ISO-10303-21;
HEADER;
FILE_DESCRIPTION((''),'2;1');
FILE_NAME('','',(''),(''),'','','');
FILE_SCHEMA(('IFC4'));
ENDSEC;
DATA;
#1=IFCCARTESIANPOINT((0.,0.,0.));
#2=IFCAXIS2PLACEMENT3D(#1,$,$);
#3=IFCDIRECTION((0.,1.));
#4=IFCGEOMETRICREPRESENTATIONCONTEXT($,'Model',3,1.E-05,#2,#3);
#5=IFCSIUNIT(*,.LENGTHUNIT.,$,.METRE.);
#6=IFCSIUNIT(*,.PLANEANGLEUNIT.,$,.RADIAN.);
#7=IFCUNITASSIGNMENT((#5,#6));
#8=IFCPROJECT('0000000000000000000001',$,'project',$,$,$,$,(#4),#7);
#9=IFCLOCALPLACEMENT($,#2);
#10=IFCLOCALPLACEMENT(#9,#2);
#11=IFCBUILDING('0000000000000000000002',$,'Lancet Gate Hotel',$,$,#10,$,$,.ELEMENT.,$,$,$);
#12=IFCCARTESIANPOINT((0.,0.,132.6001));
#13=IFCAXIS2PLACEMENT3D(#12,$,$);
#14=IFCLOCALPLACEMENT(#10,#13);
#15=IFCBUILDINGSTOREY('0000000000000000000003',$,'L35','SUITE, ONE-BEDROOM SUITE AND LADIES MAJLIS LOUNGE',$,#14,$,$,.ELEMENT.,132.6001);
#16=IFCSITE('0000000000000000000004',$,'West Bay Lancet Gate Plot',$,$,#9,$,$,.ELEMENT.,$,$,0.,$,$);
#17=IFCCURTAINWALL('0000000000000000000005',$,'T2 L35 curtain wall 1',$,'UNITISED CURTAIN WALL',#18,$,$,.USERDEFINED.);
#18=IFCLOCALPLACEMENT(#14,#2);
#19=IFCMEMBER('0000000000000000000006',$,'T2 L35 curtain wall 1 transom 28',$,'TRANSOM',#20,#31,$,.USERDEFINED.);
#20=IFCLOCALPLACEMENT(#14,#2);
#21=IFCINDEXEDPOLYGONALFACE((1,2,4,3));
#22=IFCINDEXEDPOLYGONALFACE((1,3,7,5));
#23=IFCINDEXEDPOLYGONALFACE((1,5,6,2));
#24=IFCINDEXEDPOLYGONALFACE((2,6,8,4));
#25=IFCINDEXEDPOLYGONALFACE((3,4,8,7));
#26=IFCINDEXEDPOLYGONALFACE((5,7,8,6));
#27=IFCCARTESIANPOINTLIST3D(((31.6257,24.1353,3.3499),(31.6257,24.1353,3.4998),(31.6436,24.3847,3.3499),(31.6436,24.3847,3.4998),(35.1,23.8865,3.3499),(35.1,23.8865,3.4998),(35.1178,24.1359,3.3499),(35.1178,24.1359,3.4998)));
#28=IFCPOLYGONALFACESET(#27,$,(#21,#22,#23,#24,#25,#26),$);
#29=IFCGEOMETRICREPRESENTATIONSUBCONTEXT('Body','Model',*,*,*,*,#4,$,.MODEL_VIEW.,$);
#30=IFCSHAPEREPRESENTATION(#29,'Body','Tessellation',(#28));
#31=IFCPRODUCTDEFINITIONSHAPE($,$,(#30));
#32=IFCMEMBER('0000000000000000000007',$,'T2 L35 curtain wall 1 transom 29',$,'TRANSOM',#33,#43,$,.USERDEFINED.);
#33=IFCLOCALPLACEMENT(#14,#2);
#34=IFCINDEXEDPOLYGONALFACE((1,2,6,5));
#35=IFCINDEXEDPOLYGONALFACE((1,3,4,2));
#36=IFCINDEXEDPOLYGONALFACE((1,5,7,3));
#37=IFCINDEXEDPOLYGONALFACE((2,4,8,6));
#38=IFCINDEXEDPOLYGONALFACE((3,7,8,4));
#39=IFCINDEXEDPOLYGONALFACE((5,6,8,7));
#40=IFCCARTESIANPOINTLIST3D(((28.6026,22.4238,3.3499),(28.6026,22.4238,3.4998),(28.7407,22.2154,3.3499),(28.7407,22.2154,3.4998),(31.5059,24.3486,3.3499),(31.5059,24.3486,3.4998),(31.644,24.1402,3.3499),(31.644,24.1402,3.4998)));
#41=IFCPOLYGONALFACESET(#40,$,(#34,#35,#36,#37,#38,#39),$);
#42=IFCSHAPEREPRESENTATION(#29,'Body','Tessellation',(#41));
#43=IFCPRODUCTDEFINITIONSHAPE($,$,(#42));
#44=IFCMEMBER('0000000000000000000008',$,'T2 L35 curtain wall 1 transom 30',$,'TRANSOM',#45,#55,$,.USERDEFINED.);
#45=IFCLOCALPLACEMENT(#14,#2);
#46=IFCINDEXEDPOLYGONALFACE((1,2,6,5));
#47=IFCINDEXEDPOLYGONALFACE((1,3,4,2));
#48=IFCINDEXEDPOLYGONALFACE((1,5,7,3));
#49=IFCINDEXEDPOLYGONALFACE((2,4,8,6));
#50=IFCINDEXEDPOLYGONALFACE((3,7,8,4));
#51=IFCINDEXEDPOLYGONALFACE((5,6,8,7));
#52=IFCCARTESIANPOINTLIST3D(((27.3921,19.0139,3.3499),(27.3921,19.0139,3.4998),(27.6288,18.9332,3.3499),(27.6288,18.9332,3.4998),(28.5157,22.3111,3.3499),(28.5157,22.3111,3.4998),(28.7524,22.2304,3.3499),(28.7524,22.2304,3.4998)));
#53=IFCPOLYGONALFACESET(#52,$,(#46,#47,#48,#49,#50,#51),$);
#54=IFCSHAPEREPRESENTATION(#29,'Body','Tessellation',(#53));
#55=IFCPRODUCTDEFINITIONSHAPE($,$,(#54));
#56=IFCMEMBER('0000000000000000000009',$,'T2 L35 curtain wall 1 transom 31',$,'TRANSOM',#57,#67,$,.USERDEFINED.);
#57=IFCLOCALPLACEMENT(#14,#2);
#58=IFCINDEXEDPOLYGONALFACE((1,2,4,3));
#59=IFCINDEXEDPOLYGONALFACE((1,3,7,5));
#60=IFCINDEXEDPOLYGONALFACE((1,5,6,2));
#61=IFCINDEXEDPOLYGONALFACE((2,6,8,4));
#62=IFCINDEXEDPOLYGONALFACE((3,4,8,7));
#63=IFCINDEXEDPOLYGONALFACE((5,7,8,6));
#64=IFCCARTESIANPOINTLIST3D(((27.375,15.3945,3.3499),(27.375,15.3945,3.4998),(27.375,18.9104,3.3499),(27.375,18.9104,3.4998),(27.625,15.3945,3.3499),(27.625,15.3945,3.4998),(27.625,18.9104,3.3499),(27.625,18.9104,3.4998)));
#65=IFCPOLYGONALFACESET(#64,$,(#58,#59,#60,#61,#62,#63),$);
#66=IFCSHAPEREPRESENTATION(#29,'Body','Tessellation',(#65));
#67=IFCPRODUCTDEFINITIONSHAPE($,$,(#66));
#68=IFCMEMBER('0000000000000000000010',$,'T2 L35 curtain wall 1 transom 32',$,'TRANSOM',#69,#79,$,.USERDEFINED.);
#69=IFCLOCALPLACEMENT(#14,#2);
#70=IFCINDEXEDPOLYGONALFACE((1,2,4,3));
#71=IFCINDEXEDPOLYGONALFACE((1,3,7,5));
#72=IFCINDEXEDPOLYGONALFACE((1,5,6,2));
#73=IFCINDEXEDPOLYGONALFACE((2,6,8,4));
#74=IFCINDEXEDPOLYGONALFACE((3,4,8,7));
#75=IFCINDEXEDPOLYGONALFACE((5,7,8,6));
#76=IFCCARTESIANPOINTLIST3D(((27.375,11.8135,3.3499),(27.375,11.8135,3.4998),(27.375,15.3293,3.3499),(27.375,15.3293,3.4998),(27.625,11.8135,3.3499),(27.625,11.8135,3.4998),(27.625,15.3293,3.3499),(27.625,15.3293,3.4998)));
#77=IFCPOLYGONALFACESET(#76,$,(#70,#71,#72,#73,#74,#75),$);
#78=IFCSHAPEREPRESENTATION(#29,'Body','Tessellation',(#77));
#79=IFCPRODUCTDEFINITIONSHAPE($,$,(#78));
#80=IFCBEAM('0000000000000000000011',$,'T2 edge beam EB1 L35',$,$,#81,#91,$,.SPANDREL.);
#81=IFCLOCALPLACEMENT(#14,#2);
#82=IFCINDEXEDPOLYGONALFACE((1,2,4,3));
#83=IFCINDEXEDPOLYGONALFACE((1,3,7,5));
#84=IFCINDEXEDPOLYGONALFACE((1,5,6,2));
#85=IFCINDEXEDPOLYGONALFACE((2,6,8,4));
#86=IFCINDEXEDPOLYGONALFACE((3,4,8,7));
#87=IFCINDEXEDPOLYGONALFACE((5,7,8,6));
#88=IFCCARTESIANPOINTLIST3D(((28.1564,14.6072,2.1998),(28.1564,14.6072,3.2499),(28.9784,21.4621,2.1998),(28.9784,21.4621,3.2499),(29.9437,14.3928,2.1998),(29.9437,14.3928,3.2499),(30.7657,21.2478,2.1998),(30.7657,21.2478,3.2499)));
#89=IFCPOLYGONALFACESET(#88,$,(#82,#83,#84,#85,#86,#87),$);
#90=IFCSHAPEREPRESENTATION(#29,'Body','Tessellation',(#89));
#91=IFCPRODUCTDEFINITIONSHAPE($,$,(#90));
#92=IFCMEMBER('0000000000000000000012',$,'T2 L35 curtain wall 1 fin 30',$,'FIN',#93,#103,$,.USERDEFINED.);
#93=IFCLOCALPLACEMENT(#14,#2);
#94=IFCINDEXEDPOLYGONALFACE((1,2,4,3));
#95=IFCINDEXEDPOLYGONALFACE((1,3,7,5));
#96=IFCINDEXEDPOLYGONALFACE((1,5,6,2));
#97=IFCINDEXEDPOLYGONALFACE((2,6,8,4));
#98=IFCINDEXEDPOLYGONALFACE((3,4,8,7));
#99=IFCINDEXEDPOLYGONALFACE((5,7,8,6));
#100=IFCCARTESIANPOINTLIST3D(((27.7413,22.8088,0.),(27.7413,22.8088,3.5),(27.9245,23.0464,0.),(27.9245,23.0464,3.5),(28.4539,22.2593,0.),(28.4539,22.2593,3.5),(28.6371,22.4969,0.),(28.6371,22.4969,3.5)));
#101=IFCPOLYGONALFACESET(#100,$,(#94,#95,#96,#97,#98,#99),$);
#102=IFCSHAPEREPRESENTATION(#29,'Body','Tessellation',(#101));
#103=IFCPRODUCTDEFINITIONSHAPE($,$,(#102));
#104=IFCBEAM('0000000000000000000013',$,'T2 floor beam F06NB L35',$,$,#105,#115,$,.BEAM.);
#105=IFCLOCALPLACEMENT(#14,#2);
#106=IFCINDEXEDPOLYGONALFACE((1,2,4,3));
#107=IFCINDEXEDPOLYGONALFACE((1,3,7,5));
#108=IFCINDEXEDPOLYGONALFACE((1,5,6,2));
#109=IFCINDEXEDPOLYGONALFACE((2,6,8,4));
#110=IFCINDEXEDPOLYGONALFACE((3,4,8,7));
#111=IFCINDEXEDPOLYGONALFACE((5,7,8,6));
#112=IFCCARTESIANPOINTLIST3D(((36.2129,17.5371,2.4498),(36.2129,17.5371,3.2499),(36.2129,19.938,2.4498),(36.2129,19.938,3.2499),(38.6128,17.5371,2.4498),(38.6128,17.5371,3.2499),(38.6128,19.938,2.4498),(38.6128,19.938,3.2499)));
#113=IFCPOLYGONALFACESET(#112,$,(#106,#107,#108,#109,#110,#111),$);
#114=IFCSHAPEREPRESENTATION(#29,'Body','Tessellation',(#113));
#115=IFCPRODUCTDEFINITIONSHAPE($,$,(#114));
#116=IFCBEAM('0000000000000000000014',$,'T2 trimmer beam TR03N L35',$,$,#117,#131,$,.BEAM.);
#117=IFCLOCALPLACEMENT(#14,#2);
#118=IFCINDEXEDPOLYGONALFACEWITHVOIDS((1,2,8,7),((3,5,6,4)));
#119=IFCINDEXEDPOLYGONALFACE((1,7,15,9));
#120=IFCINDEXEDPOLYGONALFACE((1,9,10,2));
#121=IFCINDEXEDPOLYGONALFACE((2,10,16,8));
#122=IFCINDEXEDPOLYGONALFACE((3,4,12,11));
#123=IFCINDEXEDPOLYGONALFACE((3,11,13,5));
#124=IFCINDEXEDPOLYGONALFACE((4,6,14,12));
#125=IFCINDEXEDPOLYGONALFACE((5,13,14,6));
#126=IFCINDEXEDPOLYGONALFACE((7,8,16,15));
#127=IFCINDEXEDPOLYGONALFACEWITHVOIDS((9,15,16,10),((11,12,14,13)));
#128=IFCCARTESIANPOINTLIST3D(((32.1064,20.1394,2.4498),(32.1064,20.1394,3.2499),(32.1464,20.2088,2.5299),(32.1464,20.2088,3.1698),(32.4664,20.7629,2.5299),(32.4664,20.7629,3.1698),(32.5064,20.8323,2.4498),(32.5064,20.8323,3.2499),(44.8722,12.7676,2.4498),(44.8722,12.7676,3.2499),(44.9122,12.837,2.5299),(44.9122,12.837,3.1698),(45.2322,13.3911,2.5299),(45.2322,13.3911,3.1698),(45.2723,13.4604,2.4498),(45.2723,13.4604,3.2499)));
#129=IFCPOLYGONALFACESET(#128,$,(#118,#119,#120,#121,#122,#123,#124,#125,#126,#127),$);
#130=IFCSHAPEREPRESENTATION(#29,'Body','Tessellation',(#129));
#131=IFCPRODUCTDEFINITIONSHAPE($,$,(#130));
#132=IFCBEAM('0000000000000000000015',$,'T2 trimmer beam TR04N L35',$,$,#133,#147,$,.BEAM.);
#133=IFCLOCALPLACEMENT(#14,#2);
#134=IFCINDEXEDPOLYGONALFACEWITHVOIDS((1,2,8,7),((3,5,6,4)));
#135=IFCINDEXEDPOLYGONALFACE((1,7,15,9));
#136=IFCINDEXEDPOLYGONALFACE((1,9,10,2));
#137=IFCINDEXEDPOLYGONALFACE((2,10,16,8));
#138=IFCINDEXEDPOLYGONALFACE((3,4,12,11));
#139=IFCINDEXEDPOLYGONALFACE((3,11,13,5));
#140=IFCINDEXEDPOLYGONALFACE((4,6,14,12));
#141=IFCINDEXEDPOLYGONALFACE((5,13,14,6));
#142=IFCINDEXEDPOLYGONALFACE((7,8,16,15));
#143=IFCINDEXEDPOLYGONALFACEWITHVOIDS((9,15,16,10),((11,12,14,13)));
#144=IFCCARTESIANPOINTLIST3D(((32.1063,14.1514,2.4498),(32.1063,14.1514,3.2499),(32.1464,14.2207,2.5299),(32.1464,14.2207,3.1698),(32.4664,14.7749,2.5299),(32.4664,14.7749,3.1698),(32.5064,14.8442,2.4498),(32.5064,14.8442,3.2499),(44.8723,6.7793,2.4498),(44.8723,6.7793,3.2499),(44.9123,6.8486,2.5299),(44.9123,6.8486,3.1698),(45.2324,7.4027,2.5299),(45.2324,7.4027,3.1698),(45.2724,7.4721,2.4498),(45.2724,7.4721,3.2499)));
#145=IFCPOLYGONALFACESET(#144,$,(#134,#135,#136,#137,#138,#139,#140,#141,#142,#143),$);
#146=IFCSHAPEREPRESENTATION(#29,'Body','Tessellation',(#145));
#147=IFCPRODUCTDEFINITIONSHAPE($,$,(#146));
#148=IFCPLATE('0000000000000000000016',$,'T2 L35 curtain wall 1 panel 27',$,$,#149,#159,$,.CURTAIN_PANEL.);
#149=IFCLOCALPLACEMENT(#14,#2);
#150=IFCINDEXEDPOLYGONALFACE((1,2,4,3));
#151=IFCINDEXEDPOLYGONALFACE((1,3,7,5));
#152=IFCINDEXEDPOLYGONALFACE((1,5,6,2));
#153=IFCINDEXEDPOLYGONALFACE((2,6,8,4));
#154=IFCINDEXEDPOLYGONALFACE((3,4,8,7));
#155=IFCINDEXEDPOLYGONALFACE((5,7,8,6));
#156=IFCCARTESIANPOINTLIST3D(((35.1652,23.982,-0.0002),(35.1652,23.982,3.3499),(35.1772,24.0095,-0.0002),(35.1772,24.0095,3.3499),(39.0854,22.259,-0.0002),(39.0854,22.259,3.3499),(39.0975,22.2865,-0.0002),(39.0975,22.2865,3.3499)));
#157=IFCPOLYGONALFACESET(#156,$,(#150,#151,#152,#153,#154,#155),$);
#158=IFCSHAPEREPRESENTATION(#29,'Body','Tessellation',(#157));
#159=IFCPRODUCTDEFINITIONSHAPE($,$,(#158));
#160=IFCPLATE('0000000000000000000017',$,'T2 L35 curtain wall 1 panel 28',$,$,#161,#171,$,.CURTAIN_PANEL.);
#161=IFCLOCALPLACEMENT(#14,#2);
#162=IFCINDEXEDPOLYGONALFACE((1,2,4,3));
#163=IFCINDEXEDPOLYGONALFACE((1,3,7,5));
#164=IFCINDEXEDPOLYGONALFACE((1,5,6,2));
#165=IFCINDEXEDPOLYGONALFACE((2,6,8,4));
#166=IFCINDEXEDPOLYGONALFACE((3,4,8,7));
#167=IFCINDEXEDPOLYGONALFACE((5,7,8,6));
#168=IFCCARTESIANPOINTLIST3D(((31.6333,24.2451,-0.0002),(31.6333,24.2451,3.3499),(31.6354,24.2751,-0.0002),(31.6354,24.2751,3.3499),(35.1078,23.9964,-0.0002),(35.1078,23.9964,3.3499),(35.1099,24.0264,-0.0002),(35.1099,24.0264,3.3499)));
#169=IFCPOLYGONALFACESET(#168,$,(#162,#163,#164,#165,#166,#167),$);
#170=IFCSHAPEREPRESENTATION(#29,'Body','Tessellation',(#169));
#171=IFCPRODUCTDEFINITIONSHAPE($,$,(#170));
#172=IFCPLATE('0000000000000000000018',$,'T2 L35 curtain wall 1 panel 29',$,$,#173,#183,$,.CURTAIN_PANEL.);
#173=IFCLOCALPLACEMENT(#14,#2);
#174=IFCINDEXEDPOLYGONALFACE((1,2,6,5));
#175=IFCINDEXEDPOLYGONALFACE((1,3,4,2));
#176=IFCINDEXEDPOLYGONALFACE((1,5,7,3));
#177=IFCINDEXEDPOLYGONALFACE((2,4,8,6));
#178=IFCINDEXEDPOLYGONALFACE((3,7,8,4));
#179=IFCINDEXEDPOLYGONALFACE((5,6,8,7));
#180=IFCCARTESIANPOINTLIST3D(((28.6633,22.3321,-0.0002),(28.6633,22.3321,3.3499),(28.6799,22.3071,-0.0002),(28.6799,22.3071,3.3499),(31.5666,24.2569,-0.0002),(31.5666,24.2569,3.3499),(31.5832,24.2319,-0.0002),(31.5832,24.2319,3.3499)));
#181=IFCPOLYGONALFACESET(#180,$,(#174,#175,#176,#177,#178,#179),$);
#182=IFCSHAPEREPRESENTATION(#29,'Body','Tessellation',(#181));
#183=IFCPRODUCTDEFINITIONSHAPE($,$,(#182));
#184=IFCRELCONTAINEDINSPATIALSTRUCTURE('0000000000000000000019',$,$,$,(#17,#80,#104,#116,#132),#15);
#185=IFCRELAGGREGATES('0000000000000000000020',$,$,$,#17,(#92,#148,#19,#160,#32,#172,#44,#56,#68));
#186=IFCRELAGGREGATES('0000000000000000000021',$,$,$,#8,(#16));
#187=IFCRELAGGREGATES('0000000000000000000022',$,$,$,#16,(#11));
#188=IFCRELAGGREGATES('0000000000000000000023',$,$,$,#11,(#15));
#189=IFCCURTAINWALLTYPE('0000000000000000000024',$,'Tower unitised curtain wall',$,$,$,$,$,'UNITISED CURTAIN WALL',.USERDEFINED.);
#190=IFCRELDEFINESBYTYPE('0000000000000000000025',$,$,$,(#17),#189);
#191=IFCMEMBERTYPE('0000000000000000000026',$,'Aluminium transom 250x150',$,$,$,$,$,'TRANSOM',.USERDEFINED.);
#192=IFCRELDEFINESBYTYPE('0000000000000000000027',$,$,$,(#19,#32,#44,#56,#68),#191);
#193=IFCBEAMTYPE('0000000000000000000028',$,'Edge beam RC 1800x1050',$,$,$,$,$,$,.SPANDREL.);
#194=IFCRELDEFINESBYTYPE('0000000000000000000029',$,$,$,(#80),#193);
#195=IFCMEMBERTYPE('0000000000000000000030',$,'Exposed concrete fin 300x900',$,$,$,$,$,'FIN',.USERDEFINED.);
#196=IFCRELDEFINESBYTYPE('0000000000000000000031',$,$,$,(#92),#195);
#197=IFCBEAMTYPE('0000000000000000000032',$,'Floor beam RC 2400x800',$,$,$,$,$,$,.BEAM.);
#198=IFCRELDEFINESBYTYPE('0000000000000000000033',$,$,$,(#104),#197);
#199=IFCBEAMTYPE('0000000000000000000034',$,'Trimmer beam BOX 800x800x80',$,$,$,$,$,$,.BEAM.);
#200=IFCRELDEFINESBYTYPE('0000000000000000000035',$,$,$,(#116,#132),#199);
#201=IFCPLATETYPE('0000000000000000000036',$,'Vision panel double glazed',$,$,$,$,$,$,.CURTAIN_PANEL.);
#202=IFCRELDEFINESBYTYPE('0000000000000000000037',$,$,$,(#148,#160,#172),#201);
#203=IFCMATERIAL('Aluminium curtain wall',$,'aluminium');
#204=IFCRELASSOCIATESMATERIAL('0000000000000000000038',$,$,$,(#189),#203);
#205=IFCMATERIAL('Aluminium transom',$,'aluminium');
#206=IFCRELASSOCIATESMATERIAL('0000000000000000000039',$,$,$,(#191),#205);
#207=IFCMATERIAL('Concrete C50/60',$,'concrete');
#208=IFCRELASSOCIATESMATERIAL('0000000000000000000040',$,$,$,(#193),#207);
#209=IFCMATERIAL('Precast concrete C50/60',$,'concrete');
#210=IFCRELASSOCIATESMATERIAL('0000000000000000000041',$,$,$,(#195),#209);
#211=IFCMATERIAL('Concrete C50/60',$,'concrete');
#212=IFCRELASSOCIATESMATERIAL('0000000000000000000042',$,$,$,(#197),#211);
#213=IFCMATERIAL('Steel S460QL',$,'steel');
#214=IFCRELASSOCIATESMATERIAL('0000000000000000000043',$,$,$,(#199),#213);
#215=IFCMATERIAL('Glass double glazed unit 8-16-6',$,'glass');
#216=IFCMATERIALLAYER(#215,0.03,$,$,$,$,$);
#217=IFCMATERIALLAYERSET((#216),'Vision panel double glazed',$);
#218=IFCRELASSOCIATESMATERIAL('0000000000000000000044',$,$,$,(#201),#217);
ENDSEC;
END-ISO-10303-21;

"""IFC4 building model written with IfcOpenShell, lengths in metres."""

from ifc_helpers import new_model, si_unit, direction, frame, origin, origin_2d, place, context, subcontext, project, spatial, rectangle, hollow_rectangle, extrude, material, layer, layer_set, material_profile, profile_set, type_object, element, aggregate, save


model = new_model("IFC4")

# Units and contexts
model_context = context("Model", 3, precision=1e-05, world=origin(), true_north=direction((0.0, 1.0)))
body_context = subcontext(model_context, "Body", "Model", "MODEL_VIEW")
ifc_project = project(units=[si_unit("LENGTHUNIT", "METRE"), si_unit("PLANEANGLEUNIT", "RADIAN")], contexts=[model_context])

# Site, building, storey
site_placement = place(None, origin())
site = spatial("IfcSite", under=ifc_project, at=site_placement, Name="West Bay Lancet Gate Plot", CompositionType="ELEMENT", RefElevation=0.0)
building_placement = place(site_placement, origin())
building = spatial("IfcBuilding", under=site, at=building_placement, Name="Lancet Gate Hotel", CompositionType="ELEMENT")
storey_placement = place(building_placement, frame((0.0, 0.0, 132.6001)))
storey = spatial("IfcBuildingStorey", under=building, at=storey_placement, Name="L35", Description="SUITE, ONE-BEDROOM SUITE AND LADIES MAJLIS LOUNGE", CompositionType="ELEMENT", Elevation=132.6001)

# Curtain wall, members
ifc_material_1 = material(Name="Aluminium curtain wall", Category="aluminium")
curtain_wall_type = type_object("IfcCurtainWallType", Name="Tower unitised curtain wall", ElementType="UNITISED CURTAIN WALL", PredefinedType="USERDEFINED", material=ifc_material_1)
curtain_wall_placement = place(storey_placement, origin())
curtain_wall = element("IfcCurtainWall", 1, at=curtain_wall_placement, inside=storey, type_object=curtain_wall_type, Name="T2 L35 curtain wall 1", ObjectType="UNITISED CURTAIN WALL", PredefinedType="USERDEFINED")
ifc_material_2 = material(Name="Aluminium transom", Category="aluminium")
ifc_material_profile_1 = material_profile(ifc_material_2, rectangle(XDim=0.25, YDim=0.1499, at=origin_2d()), Name="TRANSOM 250x150")
ifc_profile_set_1 = profile_set([ifc_material_profile_1], Name="Aluminium transom")
member_type_1 = type_object("IfcMemberType", Name="Aluminium transom 250x150", ElementType="TRANSOM", PredefinedType="USERDEFINED", material=ifc_profile_set_1)
member_1_placement = place(storey_placement, frame((35.1089, 24.0112, 3.4248), z_axis=(-0.997446, 0.071421, 0.0), x_axis=(-0.071421, -0.997446, 0.0)))
member_1 = element("IfcMember", 2, at=member_1_placement, type_object=member_type_1, Name="T2 L35 curtain wall 1 transom 28", ObjectType="TRANSOM", PredefinedType="USERDEFINED", context=body_context, shape_type="SweptSolid", body=[
    extrude(rectangle(XDim=0.25, YDim=0.1499, at=origin_2d()), origin(), (0.0, 0.0, 1.0), 3.4832),
])
member_2_placement = place(storey_placement, frame((31.575, 24.2444, 3.4248), z_axis=(-0.833471, -0.552563, 0.0), x_axis=(0.552563, -0.833471, 0.0)))
member_2 = element("IfcMember", 3, at=member_2_placement, type_object=member_type_1, Name="T2 L35 curtain wall 1 transom 29", ObjectType="TRANSOM", PredefinedType="USERDEFINED", context=body_context, shape_type="SweptSolid", body=[
    extrude(rectangle(XDim=0.25, YDim=0.1499, at=origin_2d()), origin(), (0.0, 0.0, 1.0), 3.4834),
])
member_3_placement = place(storey_placement, frame((28.634, 22.2708, 3.4248), z_axis=(-0.32255, -0.946553, 0.0), x_axis=(0.946553, -0.32255, 0.0)))
member_3 = element("IfcMember", 4, at=member_3_placement, type_object=member_type_1, Name="T2 L35 curtain wall 1 transom 30", ObjectType="TRANSOM", PredefinedType="USERDEFINED", context=body_context, shape_type="SweptSolid", body=[
    extrude(rectangle(XDim=0.25, YDim=0.1499, at=origin_2d()), origin(), (0.0, 0.0, 1.0), 3.4834),
])
member_4_placement = place(storey_placement, frame((27.5, 18.9104, 3.4248), z_axis=(0.0, -1.0, 0.0), x_axis=(1.0, 0.0, 0.0)))
member_4 = element("IfcMember", 5, at=member_4_placement, type_object=member_type_1, Name="T2 L35 curtain wall 1 transom 31", ObjectType="TRANSOM", PredefinedType="USERDEFINED", context=body_context, shape_type="SweptSolid", body=[
    extrude(rectangle(XDim=0.25, YDim=0.1499, at=origin_2d()), origin(), (0.0, 0.0, 1.0), 3.5159),
])
member_5_placement = place(storey_placement, frame((27.5, 15.3293, 3.4248), z_axis=(0.0, -1.0, 0.0), x_axis=(1.0, 0.0, 0.0)))
member_5 = element("IfcMember", 6, at=member_5_placement, type_object=member_type_1, Name="T2 L35 curtain wall 1 transom 32", ObjectType="TRANSOM", PredefinedType="USERDEFINED", context=body_context, shape_type="SweptSolid", body=[
    extrude(rectangle(XDim=0.25, YDim=0.1499, at=origin_2d()), origin(), (0.0, 0.0, 1.0), 3.5159),
])

# Beam
ifc_material_3 = material(Name="Concrete C50/60", Category="concrete")
ifc_material_profile_2 = material_profile(ifc_material_3, rectangle(XDim=1.8, YDim=1.05, at=origin_2d()), Name="RC 1800x1050")
ifc_profile_set_2 = profile_set([ifc_material_profile_2], Name="Concrete C50/60")
beam_type_1 = type_object("IfcBeamType", Name="Edge beam RC 1800x1050", PredefinedType="SPANDREL", material=ifc_profile_set_2)
beam_1_placement = place(storey_placement, frame((29.05, 14.5, 2.7249), z_axis=(0.119063, 0.992887, 0.0), x_axis=(-0.992887, 0.119063, 0.0)))
element("IfcBeam", 7, at=beam_1_placement, inside=storey, type_object=beam_type_1, Name="T2 edge beam EB1 L35", PredefinedType="SPANDREL", context=body_context, shape_type="SweptSolid", body=[
    extrude(rectangle(XDim=1.8, YDim=1.05, at=origin_2d()), origin(), (0.0, 0.0, 1.0), 6.9041),
])

# Member
ifc_material_4 = material(Name="Precast concrete C50/60", Category="concrete")
ifc_material_profile_3 = material_profile(ifc_material_4, rectangle(XDim=0.3, YDim=0.8999, at=origin_2d()), Name="FIN 300x900")
ifc_profile_set_3 = profile_set([ifc_material_profile_3], Name="Precast concrete C50/60")
member_type_2 = type_object("IfcMemberType", Name="Exposed concrete fin 300x900", ElementType="FIN", PredefinedType="USERDEFINED", material=ifc_profile_set_3)
member_6_placement = place(storey_placement, frame((28.1892, 22.6528, 0.0), z_axis=(0.0, 0.0, 1.0), x_axis=(-0.610664, -0.79189, 0.0)))
member_6 = element("IfcMember", 8, at=member_6_placement, type_object=member_type_2, Name="T2 L35 curtain wall 1 fin 30", ObjectType="FIN", PredefinedType="USERDEFINED", context=body_context, shape_type="SweptSolid", body=[
    extrude(rectangle(XDim=0.3, YDim=0.8999, at=origin_2d()), origin(), (0.0, 0.0, 1.0), 3.5),
])

# Beams
ifc_material_5 = material(Name="Concrete C50/60", Category="concrete")
ifc_material_profile_4 = material_profile(ifc_material_5, rectangle(XDim=2.3999, YDim=0.8, at=origin_2d()), Name="RC 2400x800")
ifc_profile_set_4 = profile_set([ifc_material_profile_4], Name="Concrete C50/60")
beam_type_2 = type_object("IfcBeamType", Name="Floor beam RC 2400x800", PredefinedType="BEAM", material=ifc_profile_set_4)
beam_2_placement = place(storey_placement, frame((37.4128, 17.5371, 2.8499), z_axis=(0.0, 1.0, 0.0), x_axis=(-1.0, 0.0, 0.0)))
element("IfcBeam", 9, at=beam_2_placement, inside=storey, type_object=beam_type_2, Name="T2 floor beam F06NB L35", PredefinedType="BEAM", context=body_context, shape_type="SweptSolid", body=[
    extrude(rectangle(XDim=2.3999, YDim=0.8, at=origin_2d()), origin(), (0.0, 0.0, 1.0), 2.4009),
])
ifc_material_6 = material(Name="Steel S460QL", Category="steel")
ifc_material_profile_5 = material_profile(ifc_material_6, hollow_rectangle(XDim=0.8, YDim=0.8, WallThickness=0.0801, at=origin_2d()), Name="BOX 800x800x80")
ifc_profile_set_5 = profile_set([ifc_material_profile_5], Name="Steel S460QL")
beam_type_3 = type_object("IfcBeamType", Name="Trimmer beam BOX 800x800x80", PredefinedType="BEAM", material=ifc_profile_set_5)
beam_3_placement = place(storey_placement, frame((32.3064, 20.4858, 2.8499), z_axis=(0.865983, -0.500074, 0.0), x_axis=(0.500074, 0.865983, 0.0)))
element("IfcBeam", 10, at=beam_3_placement, inside=storey, type_object=beam_type_3, Name="T2 trimmer beam TR03N L35", PredefinedType="BEAM", context=body_context, shape_type="SweptSolid", body=[
    extrude(hollow_rectangle(XDim=0.8, YDim=0.8, WallThickness=0.0801, at=origin_2d()), origin(), (0.0, 0.0, 1.0), 14.7415),
])
beam_4_placement = place(storey_placement, frame((32.3064, 14.4978, 2.8499), z_axis=(0.865976, -0.500086, 0.0), x_axis=(0.500086, 0.865976, 0.0)))
element("IfcBeam", 11, at=beam_4_placement, inside=storey, type_object=beam_type_3, Name="T2 trimmer beam TR04N L35", PredefinedType="BEAM", context=body_context, shape_type="SweptSolid", body=[
    extrude(hollow_rectangle(XDim=0.8, YDim=0.8, WallThickness=0.0801, at=origin_2d()), origin(), (0.0, 0.0, 1.0), 14.7417),
])

# Plates
ifc_material_7 = material(Name="Glass double glazed unit 8-16-6", Category="glass")
ifc_layer_1 = layer(ifc_material_7, 0.03)
ifc_layer_set_1 = layer_set([ifc_layer_1], Name="Vision panel double glazed")
plate_type = type_object("IfcPlateType", Name="Vision panel double glazed", PredefinedType="CURTAIN_PANEL", material=ifc_layer_set_1)
plate_1_placement = place(storey_placement, frame((37.1313, 23.1343, -0.0002), z_axis=(0.0, 0.0, 1.0), x_axis=(-0.915479, 0.402367, 0.0)))
plate_1 = element("IfcPlate", 12, at=plate_1_placement, type_object=plate_type, Name="T2 L35 curtain wall 1 panel 27", PredefinedType="CURTAIN_PANEL", context=body_context, shape_type="SweptSolid", body=[
    extrude(rectangle(XDim=4.2822, YDim=0.03, at=origin_2d()), origin(), (0.0, 0.0, 1.0), 3.3501),
])
plate_2_placement = place(storey_placement, frame((33.3716, 24.1357, -0.0002), z_axis=(0.0, 0.0, 1.0), x_axis=(-0.997448, 0.07139, 0.0)))
plate_2 = element("IfcPlate", 13, at=plate_2_placement, type_object=plate_type, Name="T2 L35 curtain wall 1 panel 28", PredefinedType="CURTAIN_PANEL", context=body_context, shape_type="SweptSolid", body=[
    extrude(rectangle(XDim=3.4834, YDim=0.03, at=origin_2d()), origin(), (0.0, 0.0, 1.0), 3.3501),
])
plate_3_placement = place(storey_placement, frame((30.1233, 23.282, -0.0002), z_axis=(0.0, 0.0, 1.0), x_axis=(-0.833465, -0.552573, 0.0)))
plate_3 = element("IfcPlate", 14, at=plate_3_placement, type_object=plate_type, Name="T2 L35 curtain wall 1 panel 29", PredefinedType="CURTAIN_PANEL", context=body_context, shape_type="SweptSolid", body=[
    extrude(rectangle(XDim=3.4834, YDim=0.03, at=origin_2d()), origin(), (0.0, 0.0, 1.0), 3.3501),
])
aggregate(curtain_wall, [member_6, plate_1, member_1, plate_2, member_2, plate_3, member_3, member_4, member_5])

save(model, "model.ifc")
